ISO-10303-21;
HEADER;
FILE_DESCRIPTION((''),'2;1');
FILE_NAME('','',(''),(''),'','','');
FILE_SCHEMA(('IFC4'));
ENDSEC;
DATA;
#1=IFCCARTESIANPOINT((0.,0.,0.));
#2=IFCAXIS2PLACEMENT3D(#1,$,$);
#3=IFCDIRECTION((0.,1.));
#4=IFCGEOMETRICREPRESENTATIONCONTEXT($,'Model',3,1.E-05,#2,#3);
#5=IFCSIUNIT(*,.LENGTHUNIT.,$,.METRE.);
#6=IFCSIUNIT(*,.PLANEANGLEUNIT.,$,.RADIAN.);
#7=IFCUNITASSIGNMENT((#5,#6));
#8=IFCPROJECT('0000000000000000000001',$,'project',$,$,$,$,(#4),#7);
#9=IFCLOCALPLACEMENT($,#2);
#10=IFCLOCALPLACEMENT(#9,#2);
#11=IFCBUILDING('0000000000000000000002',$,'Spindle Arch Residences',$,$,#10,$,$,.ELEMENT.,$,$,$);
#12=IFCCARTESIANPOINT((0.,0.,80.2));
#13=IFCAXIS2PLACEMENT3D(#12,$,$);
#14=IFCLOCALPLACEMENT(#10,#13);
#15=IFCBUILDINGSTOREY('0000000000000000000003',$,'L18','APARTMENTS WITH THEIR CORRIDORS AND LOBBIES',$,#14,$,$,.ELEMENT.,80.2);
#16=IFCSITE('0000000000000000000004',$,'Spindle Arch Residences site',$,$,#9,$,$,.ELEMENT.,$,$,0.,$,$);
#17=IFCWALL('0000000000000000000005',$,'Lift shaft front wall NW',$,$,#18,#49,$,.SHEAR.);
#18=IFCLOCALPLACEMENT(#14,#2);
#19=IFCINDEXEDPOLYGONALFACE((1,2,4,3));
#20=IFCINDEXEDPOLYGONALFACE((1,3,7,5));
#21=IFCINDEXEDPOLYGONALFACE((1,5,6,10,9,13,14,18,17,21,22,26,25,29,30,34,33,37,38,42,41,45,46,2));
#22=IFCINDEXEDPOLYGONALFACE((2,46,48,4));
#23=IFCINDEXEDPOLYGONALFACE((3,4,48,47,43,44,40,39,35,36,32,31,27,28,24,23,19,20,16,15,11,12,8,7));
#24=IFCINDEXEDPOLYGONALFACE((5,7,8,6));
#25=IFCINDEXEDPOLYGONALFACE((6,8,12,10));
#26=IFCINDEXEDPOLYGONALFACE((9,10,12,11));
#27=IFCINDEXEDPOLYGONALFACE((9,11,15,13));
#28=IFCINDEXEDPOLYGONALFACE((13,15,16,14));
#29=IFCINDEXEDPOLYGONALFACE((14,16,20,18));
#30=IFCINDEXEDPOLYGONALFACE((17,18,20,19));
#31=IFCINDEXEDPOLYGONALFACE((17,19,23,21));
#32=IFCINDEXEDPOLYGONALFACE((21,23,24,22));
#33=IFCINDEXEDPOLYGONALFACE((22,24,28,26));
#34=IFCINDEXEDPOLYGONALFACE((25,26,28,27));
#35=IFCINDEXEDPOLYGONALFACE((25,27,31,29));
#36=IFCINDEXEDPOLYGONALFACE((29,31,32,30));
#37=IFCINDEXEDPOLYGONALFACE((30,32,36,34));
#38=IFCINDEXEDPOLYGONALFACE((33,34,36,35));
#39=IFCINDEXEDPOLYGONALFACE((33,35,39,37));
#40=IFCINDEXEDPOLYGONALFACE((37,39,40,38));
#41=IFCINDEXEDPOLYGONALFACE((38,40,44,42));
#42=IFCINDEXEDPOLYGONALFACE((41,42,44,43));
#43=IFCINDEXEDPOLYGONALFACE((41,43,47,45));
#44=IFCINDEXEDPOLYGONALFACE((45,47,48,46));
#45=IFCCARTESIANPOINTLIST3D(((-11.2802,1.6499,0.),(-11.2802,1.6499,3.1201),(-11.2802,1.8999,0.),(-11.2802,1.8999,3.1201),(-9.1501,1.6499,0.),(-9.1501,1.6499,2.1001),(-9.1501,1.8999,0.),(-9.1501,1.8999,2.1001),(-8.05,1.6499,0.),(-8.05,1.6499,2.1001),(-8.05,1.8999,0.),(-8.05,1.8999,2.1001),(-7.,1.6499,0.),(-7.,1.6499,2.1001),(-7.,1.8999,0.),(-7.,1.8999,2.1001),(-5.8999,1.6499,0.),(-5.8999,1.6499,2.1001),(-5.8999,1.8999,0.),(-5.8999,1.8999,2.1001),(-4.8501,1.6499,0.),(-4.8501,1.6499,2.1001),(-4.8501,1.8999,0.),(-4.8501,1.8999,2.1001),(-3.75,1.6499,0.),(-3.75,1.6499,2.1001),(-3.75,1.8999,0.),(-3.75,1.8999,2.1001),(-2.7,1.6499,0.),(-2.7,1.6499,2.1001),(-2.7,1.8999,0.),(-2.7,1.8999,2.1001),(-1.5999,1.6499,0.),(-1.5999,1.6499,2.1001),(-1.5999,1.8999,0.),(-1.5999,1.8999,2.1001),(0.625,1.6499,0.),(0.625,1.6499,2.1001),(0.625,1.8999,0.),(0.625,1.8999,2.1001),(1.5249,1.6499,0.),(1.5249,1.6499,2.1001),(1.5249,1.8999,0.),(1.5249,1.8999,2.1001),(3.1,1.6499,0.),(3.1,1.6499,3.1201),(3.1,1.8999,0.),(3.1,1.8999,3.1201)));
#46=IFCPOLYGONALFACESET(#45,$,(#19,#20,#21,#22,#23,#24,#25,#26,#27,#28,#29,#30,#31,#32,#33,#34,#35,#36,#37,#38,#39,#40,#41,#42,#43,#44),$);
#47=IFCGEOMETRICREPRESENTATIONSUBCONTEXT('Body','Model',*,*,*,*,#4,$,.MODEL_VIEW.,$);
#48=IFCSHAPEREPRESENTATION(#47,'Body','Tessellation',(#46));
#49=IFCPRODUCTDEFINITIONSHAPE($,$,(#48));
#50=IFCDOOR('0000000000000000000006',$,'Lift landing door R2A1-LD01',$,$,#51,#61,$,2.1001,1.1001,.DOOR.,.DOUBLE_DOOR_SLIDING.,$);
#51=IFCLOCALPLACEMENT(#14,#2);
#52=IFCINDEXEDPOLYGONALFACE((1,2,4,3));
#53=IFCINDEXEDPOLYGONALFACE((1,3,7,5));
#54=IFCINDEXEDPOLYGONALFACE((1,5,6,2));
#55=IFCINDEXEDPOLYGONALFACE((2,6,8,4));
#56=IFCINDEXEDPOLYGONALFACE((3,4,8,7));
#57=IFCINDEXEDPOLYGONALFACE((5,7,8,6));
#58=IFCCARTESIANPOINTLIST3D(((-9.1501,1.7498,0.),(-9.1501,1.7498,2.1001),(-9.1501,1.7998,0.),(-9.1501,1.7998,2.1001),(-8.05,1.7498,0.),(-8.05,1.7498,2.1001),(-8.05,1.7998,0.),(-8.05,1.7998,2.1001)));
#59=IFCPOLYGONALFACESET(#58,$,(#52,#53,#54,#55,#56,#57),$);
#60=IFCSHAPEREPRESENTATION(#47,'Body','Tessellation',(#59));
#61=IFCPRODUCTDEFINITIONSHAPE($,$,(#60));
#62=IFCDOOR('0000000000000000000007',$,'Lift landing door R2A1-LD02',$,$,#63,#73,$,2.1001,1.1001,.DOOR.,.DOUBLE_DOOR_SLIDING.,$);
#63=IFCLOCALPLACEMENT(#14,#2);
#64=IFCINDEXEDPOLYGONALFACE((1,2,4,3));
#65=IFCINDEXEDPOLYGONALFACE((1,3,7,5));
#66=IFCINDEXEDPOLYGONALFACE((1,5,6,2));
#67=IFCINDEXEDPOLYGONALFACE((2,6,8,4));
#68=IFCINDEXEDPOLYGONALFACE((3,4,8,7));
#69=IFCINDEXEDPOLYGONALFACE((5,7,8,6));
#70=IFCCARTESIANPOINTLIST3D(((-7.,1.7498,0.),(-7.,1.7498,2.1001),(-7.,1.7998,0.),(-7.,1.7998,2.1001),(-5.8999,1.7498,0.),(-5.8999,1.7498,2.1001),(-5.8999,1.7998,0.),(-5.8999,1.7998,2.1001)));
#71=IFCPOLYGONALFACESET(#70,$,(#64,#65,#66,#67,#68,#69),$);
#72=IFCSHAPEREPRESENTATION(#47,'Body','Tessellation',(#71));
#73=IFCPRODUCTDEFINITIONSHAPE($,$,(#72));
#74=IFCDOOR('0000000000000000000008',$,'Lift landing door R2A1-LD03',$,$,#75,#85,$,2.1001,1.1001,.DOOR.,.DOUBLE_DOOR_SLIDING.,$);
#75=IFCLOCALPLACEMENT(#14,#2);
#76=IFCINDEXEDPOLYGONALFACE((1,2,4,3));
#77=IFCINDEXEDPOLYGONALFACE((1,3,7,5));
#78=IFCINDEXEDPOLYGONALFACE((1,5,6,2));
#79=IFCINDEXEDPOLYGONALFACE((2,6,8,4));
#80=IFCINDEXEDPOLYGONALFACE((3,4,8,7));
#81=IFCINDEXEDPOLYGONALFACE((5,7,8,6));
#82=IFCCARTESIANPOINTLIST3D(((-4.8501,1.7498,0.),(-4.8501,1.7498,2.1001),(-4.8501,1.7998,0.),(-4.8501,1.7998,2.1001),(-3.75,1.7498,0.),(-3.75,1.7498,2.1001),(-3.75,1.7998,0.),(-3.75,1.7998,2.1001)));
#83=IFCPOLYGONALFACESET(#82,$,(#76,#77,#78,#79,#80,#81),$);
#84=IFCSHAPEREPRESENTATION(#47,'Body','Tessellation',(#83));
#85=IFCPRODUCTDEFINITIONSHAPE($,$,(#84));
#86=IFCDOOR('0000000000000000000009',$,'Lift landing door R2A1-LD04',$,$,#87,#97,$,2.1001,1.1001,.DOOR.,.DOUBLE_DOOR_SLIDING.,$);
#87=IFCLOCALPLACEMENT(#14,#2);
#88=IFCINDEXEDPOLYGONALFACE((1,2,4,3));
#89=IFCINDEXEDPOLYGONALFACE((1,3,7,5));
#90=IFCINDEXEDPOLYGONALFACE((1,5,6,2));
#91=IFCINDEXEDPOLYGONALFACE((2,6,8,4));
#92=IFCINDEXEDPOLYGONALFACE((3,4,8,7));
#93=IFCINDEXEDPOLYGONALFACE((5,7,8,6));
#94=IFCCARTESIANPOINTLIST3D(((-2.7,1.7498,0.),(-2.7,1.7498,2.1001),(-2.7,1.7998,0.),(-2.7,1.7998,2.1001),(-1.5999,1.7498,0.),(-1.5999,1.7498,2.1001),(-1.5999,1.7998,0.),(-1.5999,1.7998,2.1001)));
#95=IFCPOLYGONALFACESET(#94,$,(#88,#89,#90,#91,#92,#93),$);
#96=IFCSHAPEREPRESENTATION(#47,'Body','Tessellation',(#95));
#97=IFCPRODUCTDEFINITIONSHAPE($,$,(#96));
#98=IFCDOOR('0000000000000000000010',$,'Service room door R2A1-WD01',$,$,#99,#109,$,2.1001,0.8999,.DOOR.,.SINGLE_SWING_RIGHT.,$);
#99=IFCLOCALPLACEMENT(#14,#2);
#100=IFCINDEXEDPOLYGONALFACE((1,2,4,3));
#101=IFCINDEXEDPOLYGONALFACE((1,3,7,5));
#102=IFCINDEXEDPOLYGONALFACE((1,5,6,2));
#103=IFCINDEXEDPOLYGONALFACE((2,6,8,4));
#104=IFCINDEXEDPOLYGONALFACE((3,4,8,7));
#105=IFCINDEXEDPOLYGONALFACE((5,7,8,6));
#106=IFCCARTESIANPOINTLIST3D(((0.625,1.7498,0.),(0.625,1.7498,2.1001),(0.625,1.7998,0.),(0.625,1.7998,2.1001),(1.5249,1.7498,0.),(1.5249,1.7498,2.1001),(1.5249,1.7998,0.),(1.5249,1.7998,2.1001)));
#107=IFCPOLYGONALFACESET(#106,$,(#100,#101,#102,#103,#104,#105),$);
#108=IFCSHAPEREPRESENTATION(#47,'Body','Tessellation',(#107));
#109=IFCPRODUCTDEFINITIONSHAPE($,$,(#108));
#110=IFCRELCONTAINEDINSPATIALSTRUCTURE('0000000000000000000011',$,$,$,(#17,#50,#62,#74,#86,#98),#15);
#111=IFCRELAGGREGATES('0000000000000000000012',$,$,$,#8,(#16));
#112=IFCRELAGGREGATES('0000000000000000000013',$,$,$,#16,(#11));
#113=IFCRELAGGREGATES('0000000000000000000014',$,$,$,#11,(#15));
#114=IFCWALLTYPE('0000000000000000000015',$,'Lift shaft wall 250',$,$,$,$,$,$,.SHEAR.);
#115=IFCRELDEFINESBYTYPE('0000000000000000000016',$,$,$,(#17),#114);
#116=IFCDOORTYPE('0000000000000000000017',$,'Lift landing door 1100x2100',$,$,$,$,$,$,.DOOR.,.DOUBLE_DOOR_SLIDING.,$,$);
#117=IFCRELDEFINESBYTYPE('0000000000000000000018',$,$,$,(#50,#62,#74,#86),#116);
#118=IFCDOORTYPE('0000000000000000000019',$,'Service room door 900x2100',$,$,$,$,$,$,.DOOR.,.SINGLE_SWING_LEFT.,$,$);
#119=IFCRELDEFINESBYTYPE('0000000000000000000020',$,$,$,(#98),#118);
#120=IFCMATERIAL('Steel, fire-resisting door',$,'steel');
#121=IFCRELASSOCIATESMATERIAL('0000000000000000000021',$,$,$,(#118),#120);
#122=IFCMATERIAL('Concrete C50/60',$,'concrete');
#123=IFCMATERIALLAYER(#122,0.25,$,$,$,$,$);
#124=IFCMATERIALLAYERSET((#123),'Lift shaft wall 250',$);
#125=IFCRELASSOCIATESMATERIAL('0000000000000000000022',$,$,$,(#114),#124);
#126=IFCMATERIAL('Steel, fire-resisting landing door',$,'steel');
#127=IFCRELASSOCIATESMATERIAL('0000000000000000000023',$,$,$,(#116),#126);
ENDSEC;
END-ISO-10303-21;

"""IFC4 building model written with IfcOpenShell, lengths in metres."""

from ifc_helpers import new_model, si_unit, direction, frame, frame_2d, origin, place, context, subcontext, project, spatial, rectangle, extrude, material, layer, layer_set, type_object, element, fill, save


model = new_model("IFC4")

# Units and contexts
model_context = context("Model", 3, precision=1e-05, world=origin(), true_north=direction((0.0, 1.0)))
body_context = subcontext(model_context, "Body", "Model", "MODEL_VIEW")
ifc_project = project(units=[si_unit("LENGTHUNIT", "METRE"), si_unit("PLANEANGLEUNIT", "RADIAN")], contexts=[model_context])

# Site, building, storey
site_placement = place(None, origin())
site = spatial("IfcSite", under=ifc_project, at=site_placement, Name="Spindle Arch Residences site", CompositionType="ELEMENT", RefElevation=0.0)
building_placement = place(site_placement, origin())
building = spatial("IfcBuilding", under=site, at=building_placement, Name="Spindle Arch Residences", CompositionType="ELEMENT")
storey_placement = place(building_placement, frame((0.0, 0.0, 80.2)))
storey = spatial("IfcBuildingStorey", under=building, at=storey_placement, Name="L18", Description="APARTMENTS WITH THEIR CORRIDORS AND LOBBIES", CompositionType="ELEMENT", Elevation=80.2)

# Shared definitions
ifc_material_1 = material(Name="Steel, fire-resisting door", Category="steel")
door_type_1 = type_object("IfcDoorType", Name="Service room door 900x2100", OperationType="SINGLE_SWING_LEFT", PredefinedType="DOOR", material=ifc_material_1)

# Wall, openings, doors
ifc_material_2 = material(Name="Concrete C50/60", Category="concrete")
ifc_layer_1 = layer(ifc_material_2, 0.25)
ifc_layer_set_1 = layer_set([ifc_layer_1], Name="Lift shaft wall 250")
wall_type_1 = type_object("IfcWallType", Name="Lift shaft wall 250", PredefinedType="SHEAR", material=ifc_layer_set_1)
wall_1_placement = place(storey_placement, frame((-11.28, 1.7749, 0.0), z_axis=(0.0, 0.0, 1.0), x_axis=(1.0, 0.0, 0.0)))
wall_1 = element("IfcWall", 1, at=wall_1_placement, inside=storey, type_object=wall_type_1, Name="Lift shaft front wall NW", PredefinedType="SHEAR", context=body_context, shape_type="SweptSolid", body=[
    extrude(rectangle(XDim=14.3801, YDim=0.25, at=frame_2d((7.1899, 0.0))), origin(), (0.0, 0.0, 1.0), 3.1201),
])
opening_1_placement = place(wall_1_placement, frame((2.1299, 0.0, 0.0)))
opening_1 = element("IfcOpeningElement", 2, at=opening_1_placement, cuts=wall_1, PredefinedType="OPENING", context=body_context, shape_type="SweptSolid", body=[
    extrude(rectangle(XDim=1.1001, YDim=2.1001, at=frame_2d((0.55, 1.05))), frame((0.0, 0.135, 0.0), z_axis=(0.0, -1.0, 0.0), x_axis=(1.0, 0.0, 0.0)), (0.0, 0.0, 1.0), 0.27),
])
opening_2_placement = place(wall_1_placement, frame((4.28, 0.0, 0.0)))
opening_2 = element("IfcOpeningElement", 3, at=opening_2_placement, cuts=wall_1, PredefinedType="OPENING", context=body_context, shape_type="SweptSolid", body=[
    extrude(rectangle(XDim=1.1001, YDim=2.1001, at=frame_2d((0.55, 1.05))), frame((0.0, 0.135, 0.0), z_axis=(0.0, -1.0, 0.0), x_axis=(1.0, 0.0, 0.0)), (0.0, 0.0, 1.0), 0.27),
])
opening_3_placement = place(wall_1_placement, frame((6.4299, 0.0, 0.0)))
opening_3 = element("IfcOpeningElement", 4, at=opening_3_placement, cuts=wall_1, PredefinedType="OPENING", context=body_context, shape_type="SweptSolid", body=[
    extrude(rectangle(XDim=1.1001, YDim=2.1001, at=frame_2d((0.55, 1.05))), frame((0.0, 0.135, 0.0), z_axis=(0.0, -1.0, 0.0), x_axis=(1.0, 0.0, 0.0)), (0.0, 0.0, 1.0), 0.27),
])
opening_4_placement = place(wall_1_placement, frame((8.5801, 0.0, 0.0)))
opening_4 = element("IfcOpeningElement", 5, at=opening_4_placement, cuts=wall_1, PredefinedType="OPENING", context=body_context, shape_type="SweptSolid", body=[
    extrude(rectangle(XDim=1.1001, YDim=2.1001, at=frame_2d((0.55, 1.05))), frame((0.0, 0.135, 0.0), z_axis=(0.0, -1.0, 0.0), x_axis=(1.0, 0.0, 0.0)), (0.0, 0.0, 1.0), 0.27),
])
opening_5_placement = place(wall_1_placement, frame((11.905, 0.0, 0.0)))
opening_5 = element("IfcOpeningElement", 6, at=opening_5_placement, cuts=wall_1, PredefinedType="OPENING", context=body_context, shape_type="SweptSolid", body=[
    extrude(rectangle(XDim=0.8999, YDim=2.1001, at=frame_2d((0.45, 1.05))), frame((0.0, 0.135, 0.0), z_axis=(0.0, -1.0, 0.0), x_axis=(1.0, 0.0, 0.0)), (0.0, 0.0, 1.0), 0.27),
])
ifc_material_3 = material(Name="Steel, fire-resisting landing door", Category="steel")
door_type_2 = type_object("IfcDoorType", Name="Lift landing door 1100x2100", OperationType="DOUBLE_DOOR_SLIDING", PredefinedType="DOOR", material=ifc_material_3)
door_1_placement = place(opening_1_placement, origin())
door_1 = element("IfcDoor", 7, at=door_1_placement, inside=storey, type_object=door_type_2, Name="Lift landing door R2A1-LD01", OperationType="DOUBLE_DOOR_SLIDING", OverallHeight=2.1001, OverallWidth=1.1001, PredefinedType="DOOR", context=body_context, shape_type="SweptSolid", body=[
    extrude(rectangle(XDim=1.1001, YDim=2.1001, at=frame_2d((0.55, 1.05))), frame((0.0, 0.0249, 0.0), z_axis=(0.0, -1.0, 0.0), x_axis=(1.0, 0.0, 0.0)), (0.0, 0.0, 1.0), 0.05),
])
fill(opening_1, door_1)
door_2_placement = place(opening_2_placement, origin())
door_2 = element("IfcDoor", 8, at=door_2_placement, inside=storey, type_object=door_type_2, Name="Lift landing door R2A1-LD02", OperationType="DOUBLE_DOOR_SLIDING", OverallHeight=2.1001, OverallWidth=1.1001, PredefinedType="DOOR", context=body_context, shape_type="SweptSolid", body=[
    extrude(rectangle(XDim=1.1001, YDim=2.1001, at=frame_2d((0.55, 1.05))), frame((0.0, 0.0249, 0.0), z_axis=(0.0, -1.0, 0.0), x_axis=(1.0, 0.0, 0.0)), (0.0, 0.0, 1.0), 0.05),
])
fill(opening_2, door_2)
door_3_placement = place(opening_3_placement, origin())
door_3 = element("IfcDoor", 9, at=door_3_placement, inside=storey, type_object=door_type_2, Name="Lift landing door R2A1-LD03", OperationType="DOUBLE_DOOR_SLIDING", OverallHeight=2.1001, OverallWidth=1.1001, PredefinedType="DOOR", context=body_context, shape_type="SweptSolid", body=[
    extrude(rectangle(XDim=1.1001, YDim=2.1001, at=frame_2d((0.55, 1.05))), frame((0.0, 0.0249, 0.0), z_axis=(0.0, -1.0, 0.0), x_axis=(1.0, 0.0, 0.0)), (0.0, 0.0, 1.0), 0.05),
])
fill(opening_3, door_3)
door_4_placement = place(opening_4_placement, origin())
door_4 = element("IfcDoor", 10, at=door_4_placement, inside=storey, type_object=door_type_2, Name="Lift landing door R2A1-LD04", OperationType="DOUBLE_DOOR_SLIDING", OverallHeight=2.1001, OverallWidth=1.1001, PredefinedType="DOOR", context=body_context, shape_type="SweptSolid", body=[
    extrude(rectangle(XDim=1.1001, YDim=2.1001, at=frame_2d((0.55, 1.05))), frame((0.0, 0.0249, 0.0), z_axis=(0.0, -1.0, 0.0), x_axis=(1.0, 0.0, 0.0)), (0.0, 0.0, 1.0), 0.05),
])
fill(opening_4, door_4)
door_5_placement = place(opening_5_placement, origin())
door_5 = element("IfcDoor", 11, at=door_5_placement, inside=storey, type_object=door_type_1, Name="Service room door R2A1-WD01", OperationType="SINGLE_SWING_RIGHT", OverallHeight=2.1001, OverallWidth=0.8999, PredefinedType="DOOR", context=body_context, shape_type="SweptSolid", body=[
    extrude(rectangle(XDim=0.8999, YDim=2.1001, at=frame_2d((0.45, 1.05))), frame((0.0, 0.0249, 0.0), z_axis=(0.0, -1.0, 0.0), x_axis=(1.0, 0.0, 0.0)), (0.0, 0.0, 1.0), 0.05),
])
fill(opening_5, door_5)

save(model, "model.ifc")
